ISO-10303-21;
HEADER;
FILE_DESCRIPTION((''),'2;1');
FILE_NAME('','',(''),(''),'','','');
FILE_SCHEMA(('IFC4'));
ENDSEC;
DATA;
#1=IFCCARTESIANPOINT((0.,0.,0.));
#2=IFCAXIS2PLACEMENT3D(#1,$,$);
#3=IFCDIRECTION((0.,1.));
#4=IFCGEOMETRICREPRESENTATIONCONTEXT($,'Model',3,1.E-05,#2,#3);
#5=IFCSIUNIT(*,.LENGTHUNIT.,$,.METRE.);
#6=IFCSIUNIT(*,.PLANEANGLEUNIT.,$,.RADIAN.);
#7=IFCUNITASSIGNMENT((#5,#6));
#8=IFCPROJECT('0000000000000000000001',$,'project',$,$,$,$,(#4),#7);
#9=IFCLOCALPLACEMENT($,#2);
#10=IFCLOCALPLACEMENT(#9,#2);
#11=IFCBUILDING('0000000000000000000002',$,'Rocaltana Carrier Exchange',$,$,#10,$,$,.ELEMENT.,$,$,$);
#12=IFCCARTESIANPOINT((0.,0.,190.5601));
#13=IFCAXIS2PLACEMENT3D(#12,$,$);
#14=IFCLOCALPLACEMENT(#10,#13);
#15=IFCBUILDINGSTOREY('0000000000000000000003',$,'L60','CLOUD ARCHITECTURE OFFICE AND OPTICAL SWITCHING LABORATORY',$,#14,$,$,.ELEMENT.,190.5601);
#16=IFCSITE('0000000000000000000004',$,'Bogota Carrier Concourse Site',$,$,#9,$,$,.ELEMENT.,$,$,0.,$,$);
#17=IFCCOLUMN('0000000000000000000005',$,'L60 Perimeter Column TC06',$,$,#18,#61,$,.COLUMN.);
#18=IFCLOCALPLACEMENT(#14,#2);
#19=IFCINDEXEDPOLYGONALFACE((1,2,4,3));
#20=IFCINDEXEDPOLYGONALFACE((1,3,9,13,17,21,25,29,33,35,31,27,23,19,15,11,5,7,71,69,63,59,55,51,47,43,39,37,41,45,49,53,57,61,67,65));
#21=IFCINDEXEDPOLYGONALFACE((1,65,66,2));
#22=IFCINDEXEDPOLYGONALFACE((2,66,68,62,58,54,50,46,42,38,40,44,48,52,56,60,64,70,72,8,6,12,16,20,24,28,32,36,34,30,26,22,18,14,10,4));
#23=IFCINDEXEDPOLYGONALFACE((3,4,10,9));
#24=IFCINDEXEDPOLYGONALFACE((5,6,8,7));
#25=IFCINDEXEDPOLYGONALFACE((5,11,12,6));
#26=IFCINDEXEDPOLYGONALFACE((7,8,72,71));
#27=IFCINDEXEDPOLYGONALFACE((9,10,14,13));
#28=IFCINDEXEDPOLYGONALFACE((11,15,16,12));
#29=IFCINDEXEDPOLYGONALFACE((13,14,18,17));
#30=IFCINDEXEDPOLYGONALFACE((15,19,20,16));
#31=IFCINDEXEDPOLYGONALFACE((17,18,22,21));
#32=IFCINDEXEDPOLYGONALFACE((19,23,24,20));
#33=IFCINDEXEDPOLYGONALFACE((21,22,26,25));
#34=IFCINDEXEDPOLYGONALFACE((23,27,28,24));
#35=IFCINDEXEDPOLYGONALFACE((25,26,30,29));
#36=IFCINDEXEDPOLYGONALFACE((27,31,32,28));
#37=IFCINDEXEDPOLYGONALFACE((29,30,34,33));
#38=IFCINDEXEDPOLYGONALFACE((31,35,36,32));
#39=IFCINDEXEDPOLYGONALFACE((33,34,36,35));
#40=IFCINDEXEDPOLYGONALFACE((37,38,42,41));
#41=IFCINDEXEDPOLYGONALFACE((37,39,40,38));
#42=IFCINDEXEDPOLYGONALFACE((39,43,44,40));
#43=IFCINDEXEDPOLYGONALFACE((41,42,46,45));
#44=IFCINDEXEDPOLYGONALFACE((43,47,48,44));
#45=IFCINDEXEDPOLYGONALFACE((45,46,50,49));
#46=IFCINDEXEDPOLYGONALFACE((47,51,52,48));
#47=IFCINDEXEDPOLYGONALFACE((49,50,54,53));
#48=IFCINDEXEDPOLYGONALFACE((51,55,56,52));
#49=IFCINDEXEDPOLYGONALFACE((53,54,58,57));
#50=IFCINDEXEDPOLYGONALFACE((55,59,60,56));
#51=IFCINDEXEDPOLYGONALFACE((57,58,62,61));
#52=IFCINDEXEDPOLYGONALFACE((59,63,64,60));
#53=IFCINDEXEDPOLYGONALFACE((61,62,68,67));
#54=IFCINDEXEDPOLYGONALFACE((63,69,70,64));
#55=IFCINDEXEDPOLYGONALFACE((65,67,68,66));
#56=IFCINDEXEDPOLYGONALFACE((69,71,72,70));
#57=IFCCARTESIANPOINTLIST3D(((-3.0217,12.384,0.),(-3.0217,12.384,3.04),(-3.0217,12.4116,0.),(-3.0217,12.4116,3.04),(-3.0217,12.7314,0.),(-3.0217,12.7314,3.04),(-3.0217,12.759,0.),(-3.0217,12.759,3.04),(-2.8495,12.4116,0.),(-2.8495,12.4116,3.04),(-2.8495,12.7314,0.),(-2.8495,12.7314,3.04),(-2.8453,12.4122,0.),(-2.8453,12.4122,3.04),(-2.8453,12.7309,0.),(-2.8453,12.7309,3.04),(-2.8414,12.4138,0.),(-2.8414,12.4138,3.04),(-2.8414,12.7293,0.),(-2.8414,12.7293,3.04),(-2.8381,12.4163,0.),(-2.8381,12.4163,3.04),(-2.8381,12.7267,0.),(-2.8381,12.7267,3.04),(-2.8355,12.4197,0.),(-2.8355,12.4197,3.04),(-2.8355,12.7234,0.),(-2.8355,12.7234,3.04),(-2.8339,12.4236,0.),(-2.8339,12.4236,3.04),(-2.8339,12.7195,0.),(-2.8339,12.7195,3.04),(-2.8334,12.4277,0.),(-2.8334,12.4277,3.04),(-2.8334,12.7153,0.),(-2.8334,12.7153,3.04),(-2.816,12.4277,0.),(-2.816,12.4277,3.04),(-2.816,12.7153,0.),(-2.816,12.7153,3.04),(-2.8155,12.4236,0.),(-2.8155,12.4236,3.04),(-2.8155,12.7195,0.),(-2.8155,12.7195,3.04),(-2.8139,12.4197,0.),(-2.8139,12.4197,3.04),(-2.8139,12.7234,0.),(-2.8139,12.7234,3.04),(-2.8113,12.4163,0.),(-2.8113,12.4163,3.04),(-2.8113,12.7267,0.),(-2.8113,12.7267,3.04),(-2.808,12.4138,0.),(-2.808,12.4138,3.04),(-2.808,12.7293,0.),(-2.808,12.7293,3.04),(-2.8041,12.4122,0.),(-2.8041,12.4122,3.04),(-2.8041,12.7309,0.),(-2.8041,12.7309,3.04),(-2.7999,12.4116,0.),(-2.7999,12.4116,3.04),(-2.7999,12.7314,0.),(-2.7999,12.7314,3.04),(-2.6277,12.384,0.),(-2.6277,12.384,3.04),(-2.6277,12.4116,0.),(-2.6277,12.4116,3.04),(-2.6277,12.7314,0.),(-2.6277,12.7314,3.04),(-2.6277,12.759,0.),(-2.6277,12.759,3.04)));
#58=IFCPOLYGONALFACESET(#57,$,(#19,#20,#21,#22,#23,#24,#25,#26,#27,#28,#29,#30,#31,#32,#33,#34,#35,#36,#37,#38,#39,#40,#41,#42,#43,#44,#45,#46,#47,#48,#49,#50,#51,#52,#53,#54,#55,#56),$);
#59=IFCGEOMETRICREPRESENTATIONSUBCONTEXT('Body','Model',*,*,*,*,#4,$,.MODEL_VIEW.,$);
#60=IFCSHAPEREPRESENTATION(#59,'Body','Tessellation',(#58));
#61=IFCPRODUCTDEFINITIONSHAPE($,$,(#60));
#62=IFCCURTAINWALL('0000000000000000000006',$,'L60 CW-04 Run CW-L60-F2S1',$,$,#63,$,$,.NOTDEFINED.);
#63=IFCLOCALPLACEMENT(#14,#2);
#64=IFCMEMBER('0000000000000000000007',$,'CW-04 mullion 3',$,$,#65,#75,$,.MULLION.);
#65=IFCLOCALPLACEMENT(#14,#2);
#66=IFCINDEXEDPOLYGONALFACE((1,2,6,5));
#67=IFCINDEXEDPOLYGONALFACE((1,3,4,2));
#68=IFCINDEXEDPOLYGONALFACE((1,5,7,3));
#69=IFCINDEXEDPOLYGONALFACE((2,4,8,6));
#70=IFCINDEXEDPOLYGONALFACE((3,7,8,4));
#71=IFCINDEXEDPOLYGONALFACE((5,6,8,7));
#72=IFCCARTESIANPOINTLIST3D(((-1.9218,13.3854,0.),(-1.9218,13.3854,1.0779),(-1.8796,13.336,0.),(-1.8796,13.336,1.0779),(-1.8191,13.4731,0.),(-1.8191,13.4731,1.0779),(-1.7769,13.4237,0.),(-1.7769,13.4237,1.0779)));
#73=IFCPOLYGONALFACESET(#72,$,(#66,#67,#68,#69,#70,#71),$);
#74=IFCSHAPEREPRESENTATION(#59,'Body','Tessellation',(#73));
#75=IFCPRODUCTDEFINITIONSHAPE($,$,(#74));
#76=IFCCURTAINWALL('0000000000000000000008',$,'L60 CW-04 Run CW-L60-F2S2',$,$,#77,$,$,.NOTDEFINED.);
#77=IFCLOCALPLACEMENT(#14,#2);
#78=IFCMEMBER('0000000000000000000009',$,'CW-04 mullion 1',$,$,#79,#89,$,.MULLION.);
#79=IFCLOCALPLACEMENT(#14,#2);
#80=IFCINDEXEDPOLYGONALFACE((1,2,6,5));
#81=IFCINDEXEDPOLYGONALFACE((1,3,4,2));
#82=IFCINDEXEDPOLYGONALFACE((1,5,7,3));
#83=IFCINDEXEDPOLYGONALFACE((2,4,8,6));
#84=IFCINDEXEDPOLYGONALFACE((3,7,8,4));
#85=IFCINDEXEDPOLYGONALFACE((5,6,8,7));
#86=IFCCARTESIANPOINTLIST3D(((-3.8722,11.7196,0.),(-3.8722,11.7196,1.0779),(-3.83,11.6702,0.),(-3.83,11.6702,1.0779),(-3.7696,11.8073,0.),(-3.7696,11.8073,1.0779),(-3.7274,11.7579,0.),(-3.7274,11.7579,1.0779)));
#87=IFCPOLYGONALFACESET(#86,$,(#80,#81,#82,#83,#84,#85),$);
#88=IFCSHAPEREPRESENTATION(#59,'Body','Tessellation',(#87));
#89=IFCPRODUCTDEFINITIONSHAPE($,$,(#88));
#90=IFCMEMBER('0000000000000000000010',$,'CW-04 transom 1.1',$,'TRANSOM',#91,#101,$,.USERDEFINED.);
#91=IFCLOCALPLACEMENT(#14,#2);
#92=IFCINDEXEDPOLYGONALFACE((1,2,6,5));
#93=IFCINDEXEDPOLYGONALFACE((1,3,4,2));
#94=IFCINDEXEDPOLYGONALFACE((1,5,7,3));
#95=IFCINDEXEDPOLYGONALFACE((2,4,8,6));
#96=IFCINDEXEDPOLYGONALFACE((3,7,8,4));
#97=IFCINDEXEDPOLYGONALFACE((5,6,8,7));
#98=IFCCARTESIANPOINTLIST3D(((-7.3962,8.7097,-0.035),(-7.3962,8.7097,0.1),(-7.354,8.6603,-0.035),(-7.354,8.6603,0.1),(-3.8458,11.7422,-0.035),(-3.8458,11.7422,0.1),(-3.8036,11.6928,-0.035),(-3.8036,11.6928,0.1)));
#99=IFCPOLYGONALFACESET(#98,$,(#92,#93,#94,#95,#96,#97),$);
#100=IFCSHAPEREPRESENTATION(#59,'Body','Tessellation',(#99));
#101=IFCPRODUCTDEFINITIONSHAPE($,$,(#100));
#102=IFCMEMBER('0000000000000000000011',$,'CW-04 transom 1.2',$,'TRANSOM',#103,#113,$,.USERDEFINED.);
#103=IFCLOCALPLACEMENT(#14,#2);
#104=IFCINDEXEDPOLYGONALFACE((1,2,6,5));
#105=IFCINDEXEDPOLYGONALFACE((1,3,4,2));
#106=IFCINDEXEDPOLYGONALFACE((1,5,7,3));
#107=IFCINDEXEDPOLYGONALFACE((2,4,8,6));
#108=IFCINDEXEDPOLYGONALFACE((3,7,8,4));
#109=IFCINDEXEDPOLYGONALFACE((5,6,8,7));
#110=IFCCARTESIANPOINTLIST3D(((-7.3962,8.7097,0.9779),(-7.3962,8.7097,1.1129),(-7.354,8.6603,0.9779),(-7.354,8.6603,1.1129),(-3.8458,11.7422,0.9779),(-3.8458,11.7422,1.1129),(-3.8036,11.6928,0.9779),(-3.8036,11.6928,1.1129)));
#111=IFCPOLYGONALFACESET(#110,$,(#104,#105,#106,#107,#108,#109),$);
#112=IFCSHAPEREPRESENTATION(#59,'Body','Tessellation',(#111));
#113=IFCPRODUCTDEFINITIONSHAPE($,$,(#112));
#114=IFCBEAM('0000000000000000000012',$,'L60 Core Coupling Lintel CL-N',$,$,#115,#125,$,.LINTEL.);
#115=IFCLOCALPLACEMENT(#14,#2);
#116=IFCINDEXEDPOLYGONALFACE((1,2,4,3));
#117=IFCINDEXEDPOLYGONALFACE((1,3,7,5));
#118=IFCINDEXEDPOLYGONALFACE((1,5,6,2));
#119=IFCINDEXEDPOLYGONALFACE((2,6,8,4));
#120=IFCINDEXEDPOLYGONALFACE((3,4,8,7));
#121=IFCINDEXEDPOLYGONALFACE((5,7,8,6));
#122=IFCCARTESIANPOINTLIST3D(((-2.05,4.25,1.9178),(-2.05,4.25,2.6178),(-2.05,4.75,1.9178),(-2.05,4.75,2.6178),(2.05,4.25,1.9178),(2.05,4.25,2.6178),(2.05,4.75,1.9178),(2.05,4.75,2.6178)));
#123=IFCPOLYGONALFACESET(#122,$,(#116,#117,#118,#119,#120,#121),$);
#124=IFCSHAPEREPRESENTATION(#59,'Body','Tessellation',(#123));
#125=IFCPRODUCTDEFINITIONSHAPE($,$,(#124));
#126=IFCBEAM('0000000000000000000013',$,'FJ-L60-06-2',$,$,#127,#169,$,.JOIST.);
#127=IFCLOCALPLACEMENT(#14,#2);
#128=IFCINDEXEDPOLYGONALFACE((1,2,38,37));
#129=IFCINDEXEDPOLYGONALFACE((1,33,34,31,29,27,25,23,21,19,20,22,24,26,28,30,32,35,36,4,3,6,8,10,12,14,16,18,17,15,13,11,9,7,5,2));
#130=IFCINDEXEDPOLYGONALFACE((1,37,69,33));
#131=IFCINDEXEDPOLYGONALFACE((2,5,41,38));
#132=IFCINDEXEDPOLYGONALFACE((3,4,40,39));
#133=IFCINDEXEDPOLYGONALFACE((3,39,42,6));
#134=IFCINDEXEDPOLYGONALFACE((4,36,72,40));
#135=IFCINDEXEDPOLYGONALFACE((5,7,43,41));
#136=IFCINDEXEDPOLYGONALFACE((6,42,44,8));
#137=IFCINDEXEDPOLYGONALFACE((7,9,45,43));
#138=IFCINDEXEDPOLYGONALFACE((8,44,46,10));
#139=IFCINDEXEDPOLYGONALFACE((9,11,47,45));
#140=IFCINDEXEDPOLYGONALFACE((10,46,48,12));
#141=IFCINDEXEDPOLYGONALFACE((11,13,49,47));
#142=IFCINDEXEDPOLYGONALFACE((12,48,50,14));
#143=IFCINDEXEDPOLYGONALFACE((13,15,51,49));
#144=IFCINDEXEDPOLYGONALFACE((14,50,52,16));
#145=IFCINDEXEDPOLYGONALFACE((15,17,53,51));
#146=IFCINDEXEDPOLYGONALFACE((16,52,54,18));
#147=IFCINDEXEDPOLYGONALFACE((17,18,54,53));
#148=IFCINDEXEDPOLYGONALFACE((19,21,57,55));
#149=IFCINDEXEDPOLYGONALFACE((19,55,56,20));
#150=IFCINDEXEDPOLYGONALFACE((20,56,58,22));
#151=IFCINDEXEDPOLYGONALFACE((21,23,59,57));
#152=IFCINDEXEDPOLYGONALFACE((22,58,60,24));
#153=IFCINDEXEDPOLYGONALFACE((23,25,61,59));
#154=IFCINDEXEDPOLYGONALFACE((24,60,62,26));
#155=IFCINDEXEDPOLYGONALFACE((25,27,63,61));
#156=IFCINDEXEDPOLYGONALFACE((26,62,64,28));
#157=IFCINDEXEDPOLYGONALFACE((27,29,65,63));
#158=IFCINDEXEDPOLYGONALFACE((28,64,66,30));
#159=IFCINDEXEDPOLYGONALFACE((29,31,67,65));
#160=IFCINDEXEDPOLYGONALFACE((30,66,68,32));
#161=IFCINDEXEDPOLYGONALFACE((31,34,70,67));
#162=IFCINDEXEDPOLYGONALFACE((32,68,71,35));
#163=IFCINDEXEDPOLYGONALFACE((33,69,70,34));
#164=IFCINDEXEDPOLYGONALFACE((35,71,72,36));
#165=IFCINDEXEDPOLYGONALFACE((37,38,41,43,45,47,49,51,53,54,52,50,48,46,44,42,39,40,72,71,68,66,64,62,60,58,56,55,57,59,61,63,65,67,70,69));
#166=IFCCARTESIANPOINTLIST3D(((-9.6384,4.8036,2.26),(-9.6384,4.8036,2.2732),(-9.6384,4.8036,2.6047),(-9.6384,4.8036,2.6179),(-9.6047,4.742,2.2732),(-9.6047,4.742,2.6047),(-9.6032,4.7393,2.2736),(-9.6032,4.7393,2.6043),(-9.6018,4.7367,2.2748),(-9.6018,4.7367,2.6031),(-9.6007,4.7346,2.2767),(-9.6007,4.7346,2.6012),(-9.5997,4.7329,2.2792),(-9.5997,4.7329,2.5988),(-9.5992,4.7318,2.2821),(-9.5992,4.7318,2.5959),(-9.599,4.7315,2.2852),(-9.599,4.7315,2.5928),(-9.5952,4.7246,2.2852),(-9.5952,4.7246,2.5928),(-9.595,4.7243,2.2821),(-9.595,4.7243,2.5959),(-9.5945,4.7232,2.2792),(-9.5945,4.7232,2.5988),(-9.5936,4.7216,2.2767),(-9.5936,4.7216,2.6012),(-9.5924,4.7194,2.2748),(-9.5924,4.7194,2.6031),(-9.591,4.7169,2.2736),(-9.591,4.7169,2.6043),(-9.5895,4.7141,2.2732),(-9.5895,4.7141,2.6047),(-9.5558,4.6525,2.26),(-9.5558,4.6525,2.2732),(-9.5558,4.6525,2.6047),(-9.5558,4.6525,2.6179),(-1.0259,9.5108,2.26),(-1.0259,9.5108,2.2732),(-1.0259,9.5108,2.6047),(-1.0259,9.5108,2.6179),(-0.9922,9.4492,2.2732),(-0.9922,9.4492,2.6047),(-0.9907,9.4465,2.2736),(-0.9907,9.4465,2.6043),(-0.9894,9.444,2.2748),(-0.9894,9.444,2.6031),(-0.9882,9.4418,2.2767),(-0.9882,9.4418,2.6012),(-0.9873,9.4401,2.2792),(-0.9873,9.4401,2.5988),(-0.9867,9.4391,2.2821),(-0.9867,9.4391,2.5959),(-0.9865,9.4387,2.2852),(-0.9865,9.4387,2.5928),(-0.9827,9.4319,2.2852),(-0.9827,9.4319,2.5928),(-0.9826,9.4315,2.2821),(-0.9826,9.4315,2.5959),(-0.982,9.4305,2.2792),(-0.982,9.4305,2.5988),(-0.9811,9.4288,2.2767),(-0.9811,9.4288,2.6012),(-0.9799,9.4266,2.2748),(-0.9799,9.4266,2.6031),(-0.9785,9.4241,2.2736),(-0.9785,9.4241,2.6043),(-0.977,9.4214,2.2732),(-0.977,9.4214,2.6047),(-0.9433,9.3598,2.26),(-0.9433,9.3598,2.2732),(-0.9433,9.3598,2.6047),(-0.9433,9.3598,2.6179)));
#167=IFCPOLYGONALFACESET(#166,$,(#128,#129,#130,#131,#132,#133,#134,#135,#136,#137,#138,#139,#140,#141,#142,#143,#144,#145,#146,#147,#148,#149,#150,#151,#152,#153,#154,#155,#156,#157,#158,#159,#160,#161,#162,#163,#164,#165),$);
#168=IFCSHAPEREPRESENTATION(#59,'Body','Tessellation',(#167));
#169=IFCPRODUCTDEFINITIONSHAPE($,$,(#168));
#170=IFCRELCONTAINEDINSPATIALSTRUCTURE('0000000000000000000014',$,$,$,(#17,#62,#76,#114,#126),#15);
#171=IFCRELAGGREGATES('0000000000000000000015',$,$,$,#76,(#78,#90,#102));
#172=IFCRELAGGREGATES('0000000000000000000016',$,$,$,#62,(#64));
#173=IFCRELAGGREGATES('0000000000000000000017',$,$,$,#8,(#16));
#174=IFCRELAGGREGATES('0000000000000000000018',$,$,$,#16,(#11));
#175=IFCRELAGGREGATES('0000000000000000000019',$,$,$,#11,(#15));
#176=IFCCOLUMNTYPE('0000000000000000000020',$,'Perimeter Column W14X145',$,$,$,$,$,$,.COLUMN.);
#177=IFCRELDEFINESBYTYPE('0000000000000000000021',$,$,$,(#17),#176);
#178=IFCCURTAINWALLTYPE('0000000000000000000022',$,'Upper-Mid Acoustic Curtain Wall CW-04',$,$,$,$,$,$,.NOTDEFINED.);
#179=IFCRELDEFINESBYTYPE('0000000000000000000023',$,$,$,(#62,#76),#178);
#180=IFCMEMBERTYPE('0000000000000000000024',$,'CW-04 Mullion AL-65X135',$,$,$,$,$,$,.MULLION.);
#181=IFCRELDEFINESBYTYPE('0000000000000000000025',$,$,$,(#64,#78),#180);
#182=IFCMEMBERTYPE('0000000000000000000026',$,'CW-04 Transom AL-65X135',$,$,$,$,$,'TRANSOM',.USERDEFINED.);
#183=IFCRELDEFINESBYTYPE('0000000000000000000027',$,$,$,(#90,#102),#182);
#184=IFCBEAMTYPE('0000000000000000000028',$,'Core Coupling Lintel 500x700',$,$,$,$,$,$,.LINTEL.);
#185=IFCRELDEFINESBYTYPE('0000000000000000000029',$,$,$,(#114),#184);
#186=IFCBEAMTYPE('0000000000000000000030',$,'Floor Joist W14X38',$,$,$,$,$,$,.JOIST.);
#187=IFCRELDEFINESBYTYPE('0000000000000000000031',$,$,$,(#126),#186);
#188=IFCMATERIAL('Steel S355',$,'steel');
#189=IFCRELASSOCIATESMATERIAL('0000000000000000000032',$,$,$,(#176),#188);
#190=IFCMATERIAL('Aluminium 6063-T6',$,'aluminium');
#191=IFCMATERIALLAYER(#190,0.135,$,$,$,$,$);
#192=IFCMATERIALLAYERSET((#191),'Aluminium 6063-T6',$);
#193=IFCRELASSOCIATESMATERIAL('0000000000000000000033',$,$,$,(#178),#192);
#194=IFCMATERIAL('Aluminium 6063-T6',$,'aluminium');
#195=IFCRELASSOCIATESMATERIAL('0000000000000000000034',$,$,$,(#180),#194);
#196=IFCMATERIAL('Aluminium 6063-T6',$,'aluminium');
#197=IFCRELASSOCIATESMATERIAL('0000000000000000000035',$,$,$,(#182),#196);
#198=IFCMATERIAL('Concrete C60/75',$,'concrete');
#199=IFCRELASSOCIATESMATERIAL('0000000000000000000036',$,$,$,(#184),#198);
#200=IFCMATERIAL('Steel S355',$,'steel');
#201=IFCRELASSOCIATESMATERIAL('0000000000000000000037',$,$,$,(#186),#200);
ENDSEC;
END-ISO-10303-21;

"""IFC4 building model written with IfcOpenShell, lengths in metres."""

from ifc_helpers import new_model, si_unit, direction, frame, origin, origin_2d, place, context, subcontext, project, spatial, rectangle, i_section, extrude, material, layer, layer_set, material_profile, profile_set, type_object, element, aggregate, save


model = new_model("IFC4")

# Units and contexts
model_context = context("Model", 3, precision=1e-05, world=origin(), true_north=direction((0.0, 1.0)))
body_context = subcontext(model_context, "Body", "Model", "MODEL_VIEW")
ifc_project = project(units=[si_unit("LENGTHUNIT", "METRE"), si_unit("PLANEANGLEUNIT", "RADIAN")], contexts=[model_context])

# Site, building, storey
site_placement = place(None, origin())
site = spatial("IfcSite", under=ifc_project, at=site_placement, Name="Bogota Carrier Concourse Site", CompositionType="ELEMENT", RefElevation=0.0)
building_placement = place(site_placement, origin())
building = spatial("IfcBuilding", under=site, at=building_placement, Name="Rocaltana Carrier Exchange", CompositionType="ELEMENT")
storey_placement = place(building_placement, frame((0.0, 0.0, 190.5601)))
storey = spatial("IfcBuildingStorey", under=building, at=storey_placement, Name="L60", Description="CLOUD ARCHITECTURE OFFICE AND OPTICAL SWITCHING LABORATORY", CompositionType="ELEMENT", Elevation=190.5601)

# Column
ifc_material_1 = material(Name="Steel S355", Category="steel")
ifc_material_profile_1 = material_profile(ifc_material_1, i_section(OverallWidth=0.394, OverallDepth=0.375, WebThickness=0.0173, FlangeThickness=0.0276, FilletRadius=0.0161, at=origin_2d()), Name="W14X145")
ifc_profile_set_1 = profile_set([ifc_material_profile_1], Name="Steel S355")
column_type = type_object("IfcColumnType", Name="Perimeter Column W14X145", PredefinedType="COLUMN", material=ifc_profile_set_1)
column_placement = place(storey_placement, frame((-2.8247, 12.5715, 0.0), z_axis=(0.0, 0.0, 1.0), x_axis=(1.0, 0.0, 0.0)))
element("IfcColumn", 1, at=column_placement, inside=storey, type_object=column_type, Name="L60 Perimeter Column TC06", PredefinedType="COLUMN", context=body_context, shape_type="SweptSolid", body=[
    extrude(i_section(OverallWidth=0.394, OverallDepth=0.375, WebThickness=0.0173, FlangeThickness=0.0276, FilletRadius=0.0161, at=origin_2d()), origin(), (0.0, 0.0, 1.0), 3.04),
])

# Curtain wall, member
ifc_material_2 = material(Name="Aluminium 6063-T6", Category="aluminium")
ifc_layer_1 = layer(ifc_material_2, 0.135)
ifc_layer_set_1 = layer_set([ifc_layer_1], Name="Aluminium 6063-T6")
curtain_wall_type = type_object("IfcCurtainWallType", Name="Upper-Mid Acoustic Curtain Wall CW-04", PredefinedType="NOTDEFINED", material=ifc_layer_set_1)
curtain_wall_1_placement = place(storey_placement, origin())
curtain_wall_1 = element("IfcCurtainWall", 2, at=curtain_wall_1_placement, inside=storey, type_object=curtain_wall_type, Name="L60 CW-04 Run CW-L60-F2S1", PredefinedType="NOTDEFINED")
ifc_material_3 = material(Name="Aluminium 6063-T6", Category="aluminium")
ifc_material_profile_2 = material_profile(ifc_material_3, rectangle(XDim=0.0649, YDim=0.135, at=origin_2d()), Name="AL-65X135")
ifc_profile_set_2 = profile_set([ifc_material_profile_2], Name="Aluminium 6063-T6")
member_type_1 = type_object("IfcMemberType", Name="CW-04 Mullion AL-65X135", PredefinedType="MULLION", material=ifc_profile_set_2)
member_1_placement = place(storey_placement, frame((-1.8494, 13.4045, 0.0), z_axis=(0.0, 0.0, 1.0), x_axis=(0.649448, -0.760406, 0.0)))
member_1 = element("IfcMember", 3, at=member_1_placement, type_object=member_type_1, Name="CW-04 mullion 3", PredefinedType="MULLION", context=body_context, shape_type="SweptSolid", body=[
    extrude(rectangle(XDim=0.0649, YDim=0.135, at=origin_2d()), origin(), (0.0, 0.0, 1.0), 1.0779),
])

# Curtain wall, members
curtain_wall_2_placement = place(storey_placement, origin())
curtain_wall_2 = element("IfcCurtainWall", 4, at=curtain_wall_2_placement, inside=storey, type_object=curtain_wall_type, Name="L60 CW-04 Run CW-L60-F2S2", PredefinedType="NOTDEFINED")
member_2_placement = place(storey_placement, frame((-3.7998, 11.7388, 0.0), z_axis=(0.0, 0.0, 1.0), x_axis=(0.649454, -0.760401, 0.0)))
member_2 = element("IfcMember", 5, at=member_2_placement, type_object=member_type_1, Name="CW-04 mullion 1", PredefinedType="MULLION", context=body_context, shape_type="SweptSolid", body=[
    extrude(rectangle(XDim=0.0649, YDim=0.135, at=origin_2d()), origin(), (0.0, 0.0, 1.0), 1.0779),
])
ifc_material_4 = material(Name="Aluminium 6063-T6", Category="aluminium")
ifc_material_profile_3 = material_profile(ifc_material_4, rectangle(XDim=0.0649, YDim=0.135, at=origin_2d()), Name="AL-65X135")
ifc_profile_set_3 = profile_set([ifc_material_profile_3], Name="Aluminium 6063-T6")
member_type_2 = type_object("IfcMemberType", Name="CW-04 Transom AL-65X135", ElementType="TRANSOM", PredefinedType="USERDEFINED", material=ifc_profile_set_3)
member_3_placement = place(storey_placement, frame((-3.8247, 11.7175, 0.0325), z_axis=(-0.760381, -0.649477, 0.0), x_axis=(0.649477, -0.760381, 0.0)))
member_3 = element("IfcMember", 6, at=member_3_placement, type_object=member_type_2, Name="CW-04 transom 1.1", ObjectType="TRANSOM", PredefinedType="USERDEFINED", context=body_context, shape_type="SweptSolid", body=[
    extrude(rectangle(XDim=0.0649, YDim=0.135, at=origin_2d()), origin(), (0.0, 0.0, 1.0), 4.6692),
])
member_4_placement = place(storey_placement, frame((-3.8247, 11.7175, 1.0454), z_axis=(-0.760381, -0.649477, 0.0), x_axis=(0.649477, -0.760381, 0.0)))
member_4 = element("IfcMember", 7, at=member_4_placement, type_object=member_type_2, Name="CW-04 transom 1.2", ObjectType="TRANSOM", PredefinedType="USERDEFINED", context=body_context, shape_type="SweptSolid", body=[
    extrude(rectangle(XDim=0.0649, YDim=0.135, at=origin_2d()), origin(), (0.0, 0.0, 1.0), 4.6692),
])
aggregate(curtain_wall_2, [member_2, member_3, member_4])

# Beams
ifc_material_5 = material(Name="Concrete C60/75", Category="concrete")
ifc_material_profile_4 = material_profile(ifc_material_5, rectangle(XDim=0.5, YDim=0.7, at=origin_2d()), Name="RC-BM-500X700")
ifc_profile_set_4 = profile_set([ifc_material_profile_4], Name="Concrete C60/75")
beam_type_1 = type_object("IfcBeamType", Name="Core Coupling Lintel 500x700", PredefinedType="LINTEL", material=ifc_profile_set_4)
beam_1_placement = place(storey_placement, frame((-2.05, 4.5, 2.2678), z_axis=(1.0, 0.0, 0.0), x_axis=(0.0, 1.0, 0.0)))
element("IfcBeam", 8, at=beam_1_placement, inside=storey, type_object=beam_type_1, Name="L60 Core Coupling Lintel CL-N", PredefinedType="LINTEL", context=body_context, shape_type="SweptSolid", body=[
    extrude(rectangle(XDim=0.5, YDim=0.7, at=origin_2d()), origin(), (0.0, 0.0, 1.0), 4.1001),
])
ifc_material_6 = material(Name="Steel S355", Category="steel")
ifc_material_profile_5 = material_profile(ifc_material_6, i_section(OverallWidth=0.1721, OverallDepth=0.3579, WebThickness=0.0078, FlangeThickness=0.0132, FilletRadius=0.012, at=origin_2d()), Name="W14X38")
ifc_profile_set_5 = profile_set([ifc_material_profile_5], Name="Steel S355")
beam_type_2 = type_object("IfcBeamType", Name="Floor Joist W14X38", PredefinedType="JOIST", material=ifc_profile_set_5)
beam_2_placement = place(storey_placement, frame((-0.9846, 9.4353, 2.439), z_axis=(-0.877487, -0.4796, 0.0), x_axis=(0.4796, -0.877487, 0.0)))
element("IfcBeam", 9, at=beam_2_placement, inside=storey, type_object=beam_type_2, Name="FJ-L60-06-2", PredefinedType="JOIST", context=body_context, shape_type="SweptSolid", body=[
    extrude(i_section(OverallWidth=0.1721, OverallDepth=0.3579, WebThickness=0.0078, FlangeThickness=0.0132, FilletRadius=0.012, at=origin_2d()), origin(), (0.0, 0.0, 1.0), 9.8149),
])

aggregate(curtain_wall_1, [member_1])

save(model, "model.ifc")
